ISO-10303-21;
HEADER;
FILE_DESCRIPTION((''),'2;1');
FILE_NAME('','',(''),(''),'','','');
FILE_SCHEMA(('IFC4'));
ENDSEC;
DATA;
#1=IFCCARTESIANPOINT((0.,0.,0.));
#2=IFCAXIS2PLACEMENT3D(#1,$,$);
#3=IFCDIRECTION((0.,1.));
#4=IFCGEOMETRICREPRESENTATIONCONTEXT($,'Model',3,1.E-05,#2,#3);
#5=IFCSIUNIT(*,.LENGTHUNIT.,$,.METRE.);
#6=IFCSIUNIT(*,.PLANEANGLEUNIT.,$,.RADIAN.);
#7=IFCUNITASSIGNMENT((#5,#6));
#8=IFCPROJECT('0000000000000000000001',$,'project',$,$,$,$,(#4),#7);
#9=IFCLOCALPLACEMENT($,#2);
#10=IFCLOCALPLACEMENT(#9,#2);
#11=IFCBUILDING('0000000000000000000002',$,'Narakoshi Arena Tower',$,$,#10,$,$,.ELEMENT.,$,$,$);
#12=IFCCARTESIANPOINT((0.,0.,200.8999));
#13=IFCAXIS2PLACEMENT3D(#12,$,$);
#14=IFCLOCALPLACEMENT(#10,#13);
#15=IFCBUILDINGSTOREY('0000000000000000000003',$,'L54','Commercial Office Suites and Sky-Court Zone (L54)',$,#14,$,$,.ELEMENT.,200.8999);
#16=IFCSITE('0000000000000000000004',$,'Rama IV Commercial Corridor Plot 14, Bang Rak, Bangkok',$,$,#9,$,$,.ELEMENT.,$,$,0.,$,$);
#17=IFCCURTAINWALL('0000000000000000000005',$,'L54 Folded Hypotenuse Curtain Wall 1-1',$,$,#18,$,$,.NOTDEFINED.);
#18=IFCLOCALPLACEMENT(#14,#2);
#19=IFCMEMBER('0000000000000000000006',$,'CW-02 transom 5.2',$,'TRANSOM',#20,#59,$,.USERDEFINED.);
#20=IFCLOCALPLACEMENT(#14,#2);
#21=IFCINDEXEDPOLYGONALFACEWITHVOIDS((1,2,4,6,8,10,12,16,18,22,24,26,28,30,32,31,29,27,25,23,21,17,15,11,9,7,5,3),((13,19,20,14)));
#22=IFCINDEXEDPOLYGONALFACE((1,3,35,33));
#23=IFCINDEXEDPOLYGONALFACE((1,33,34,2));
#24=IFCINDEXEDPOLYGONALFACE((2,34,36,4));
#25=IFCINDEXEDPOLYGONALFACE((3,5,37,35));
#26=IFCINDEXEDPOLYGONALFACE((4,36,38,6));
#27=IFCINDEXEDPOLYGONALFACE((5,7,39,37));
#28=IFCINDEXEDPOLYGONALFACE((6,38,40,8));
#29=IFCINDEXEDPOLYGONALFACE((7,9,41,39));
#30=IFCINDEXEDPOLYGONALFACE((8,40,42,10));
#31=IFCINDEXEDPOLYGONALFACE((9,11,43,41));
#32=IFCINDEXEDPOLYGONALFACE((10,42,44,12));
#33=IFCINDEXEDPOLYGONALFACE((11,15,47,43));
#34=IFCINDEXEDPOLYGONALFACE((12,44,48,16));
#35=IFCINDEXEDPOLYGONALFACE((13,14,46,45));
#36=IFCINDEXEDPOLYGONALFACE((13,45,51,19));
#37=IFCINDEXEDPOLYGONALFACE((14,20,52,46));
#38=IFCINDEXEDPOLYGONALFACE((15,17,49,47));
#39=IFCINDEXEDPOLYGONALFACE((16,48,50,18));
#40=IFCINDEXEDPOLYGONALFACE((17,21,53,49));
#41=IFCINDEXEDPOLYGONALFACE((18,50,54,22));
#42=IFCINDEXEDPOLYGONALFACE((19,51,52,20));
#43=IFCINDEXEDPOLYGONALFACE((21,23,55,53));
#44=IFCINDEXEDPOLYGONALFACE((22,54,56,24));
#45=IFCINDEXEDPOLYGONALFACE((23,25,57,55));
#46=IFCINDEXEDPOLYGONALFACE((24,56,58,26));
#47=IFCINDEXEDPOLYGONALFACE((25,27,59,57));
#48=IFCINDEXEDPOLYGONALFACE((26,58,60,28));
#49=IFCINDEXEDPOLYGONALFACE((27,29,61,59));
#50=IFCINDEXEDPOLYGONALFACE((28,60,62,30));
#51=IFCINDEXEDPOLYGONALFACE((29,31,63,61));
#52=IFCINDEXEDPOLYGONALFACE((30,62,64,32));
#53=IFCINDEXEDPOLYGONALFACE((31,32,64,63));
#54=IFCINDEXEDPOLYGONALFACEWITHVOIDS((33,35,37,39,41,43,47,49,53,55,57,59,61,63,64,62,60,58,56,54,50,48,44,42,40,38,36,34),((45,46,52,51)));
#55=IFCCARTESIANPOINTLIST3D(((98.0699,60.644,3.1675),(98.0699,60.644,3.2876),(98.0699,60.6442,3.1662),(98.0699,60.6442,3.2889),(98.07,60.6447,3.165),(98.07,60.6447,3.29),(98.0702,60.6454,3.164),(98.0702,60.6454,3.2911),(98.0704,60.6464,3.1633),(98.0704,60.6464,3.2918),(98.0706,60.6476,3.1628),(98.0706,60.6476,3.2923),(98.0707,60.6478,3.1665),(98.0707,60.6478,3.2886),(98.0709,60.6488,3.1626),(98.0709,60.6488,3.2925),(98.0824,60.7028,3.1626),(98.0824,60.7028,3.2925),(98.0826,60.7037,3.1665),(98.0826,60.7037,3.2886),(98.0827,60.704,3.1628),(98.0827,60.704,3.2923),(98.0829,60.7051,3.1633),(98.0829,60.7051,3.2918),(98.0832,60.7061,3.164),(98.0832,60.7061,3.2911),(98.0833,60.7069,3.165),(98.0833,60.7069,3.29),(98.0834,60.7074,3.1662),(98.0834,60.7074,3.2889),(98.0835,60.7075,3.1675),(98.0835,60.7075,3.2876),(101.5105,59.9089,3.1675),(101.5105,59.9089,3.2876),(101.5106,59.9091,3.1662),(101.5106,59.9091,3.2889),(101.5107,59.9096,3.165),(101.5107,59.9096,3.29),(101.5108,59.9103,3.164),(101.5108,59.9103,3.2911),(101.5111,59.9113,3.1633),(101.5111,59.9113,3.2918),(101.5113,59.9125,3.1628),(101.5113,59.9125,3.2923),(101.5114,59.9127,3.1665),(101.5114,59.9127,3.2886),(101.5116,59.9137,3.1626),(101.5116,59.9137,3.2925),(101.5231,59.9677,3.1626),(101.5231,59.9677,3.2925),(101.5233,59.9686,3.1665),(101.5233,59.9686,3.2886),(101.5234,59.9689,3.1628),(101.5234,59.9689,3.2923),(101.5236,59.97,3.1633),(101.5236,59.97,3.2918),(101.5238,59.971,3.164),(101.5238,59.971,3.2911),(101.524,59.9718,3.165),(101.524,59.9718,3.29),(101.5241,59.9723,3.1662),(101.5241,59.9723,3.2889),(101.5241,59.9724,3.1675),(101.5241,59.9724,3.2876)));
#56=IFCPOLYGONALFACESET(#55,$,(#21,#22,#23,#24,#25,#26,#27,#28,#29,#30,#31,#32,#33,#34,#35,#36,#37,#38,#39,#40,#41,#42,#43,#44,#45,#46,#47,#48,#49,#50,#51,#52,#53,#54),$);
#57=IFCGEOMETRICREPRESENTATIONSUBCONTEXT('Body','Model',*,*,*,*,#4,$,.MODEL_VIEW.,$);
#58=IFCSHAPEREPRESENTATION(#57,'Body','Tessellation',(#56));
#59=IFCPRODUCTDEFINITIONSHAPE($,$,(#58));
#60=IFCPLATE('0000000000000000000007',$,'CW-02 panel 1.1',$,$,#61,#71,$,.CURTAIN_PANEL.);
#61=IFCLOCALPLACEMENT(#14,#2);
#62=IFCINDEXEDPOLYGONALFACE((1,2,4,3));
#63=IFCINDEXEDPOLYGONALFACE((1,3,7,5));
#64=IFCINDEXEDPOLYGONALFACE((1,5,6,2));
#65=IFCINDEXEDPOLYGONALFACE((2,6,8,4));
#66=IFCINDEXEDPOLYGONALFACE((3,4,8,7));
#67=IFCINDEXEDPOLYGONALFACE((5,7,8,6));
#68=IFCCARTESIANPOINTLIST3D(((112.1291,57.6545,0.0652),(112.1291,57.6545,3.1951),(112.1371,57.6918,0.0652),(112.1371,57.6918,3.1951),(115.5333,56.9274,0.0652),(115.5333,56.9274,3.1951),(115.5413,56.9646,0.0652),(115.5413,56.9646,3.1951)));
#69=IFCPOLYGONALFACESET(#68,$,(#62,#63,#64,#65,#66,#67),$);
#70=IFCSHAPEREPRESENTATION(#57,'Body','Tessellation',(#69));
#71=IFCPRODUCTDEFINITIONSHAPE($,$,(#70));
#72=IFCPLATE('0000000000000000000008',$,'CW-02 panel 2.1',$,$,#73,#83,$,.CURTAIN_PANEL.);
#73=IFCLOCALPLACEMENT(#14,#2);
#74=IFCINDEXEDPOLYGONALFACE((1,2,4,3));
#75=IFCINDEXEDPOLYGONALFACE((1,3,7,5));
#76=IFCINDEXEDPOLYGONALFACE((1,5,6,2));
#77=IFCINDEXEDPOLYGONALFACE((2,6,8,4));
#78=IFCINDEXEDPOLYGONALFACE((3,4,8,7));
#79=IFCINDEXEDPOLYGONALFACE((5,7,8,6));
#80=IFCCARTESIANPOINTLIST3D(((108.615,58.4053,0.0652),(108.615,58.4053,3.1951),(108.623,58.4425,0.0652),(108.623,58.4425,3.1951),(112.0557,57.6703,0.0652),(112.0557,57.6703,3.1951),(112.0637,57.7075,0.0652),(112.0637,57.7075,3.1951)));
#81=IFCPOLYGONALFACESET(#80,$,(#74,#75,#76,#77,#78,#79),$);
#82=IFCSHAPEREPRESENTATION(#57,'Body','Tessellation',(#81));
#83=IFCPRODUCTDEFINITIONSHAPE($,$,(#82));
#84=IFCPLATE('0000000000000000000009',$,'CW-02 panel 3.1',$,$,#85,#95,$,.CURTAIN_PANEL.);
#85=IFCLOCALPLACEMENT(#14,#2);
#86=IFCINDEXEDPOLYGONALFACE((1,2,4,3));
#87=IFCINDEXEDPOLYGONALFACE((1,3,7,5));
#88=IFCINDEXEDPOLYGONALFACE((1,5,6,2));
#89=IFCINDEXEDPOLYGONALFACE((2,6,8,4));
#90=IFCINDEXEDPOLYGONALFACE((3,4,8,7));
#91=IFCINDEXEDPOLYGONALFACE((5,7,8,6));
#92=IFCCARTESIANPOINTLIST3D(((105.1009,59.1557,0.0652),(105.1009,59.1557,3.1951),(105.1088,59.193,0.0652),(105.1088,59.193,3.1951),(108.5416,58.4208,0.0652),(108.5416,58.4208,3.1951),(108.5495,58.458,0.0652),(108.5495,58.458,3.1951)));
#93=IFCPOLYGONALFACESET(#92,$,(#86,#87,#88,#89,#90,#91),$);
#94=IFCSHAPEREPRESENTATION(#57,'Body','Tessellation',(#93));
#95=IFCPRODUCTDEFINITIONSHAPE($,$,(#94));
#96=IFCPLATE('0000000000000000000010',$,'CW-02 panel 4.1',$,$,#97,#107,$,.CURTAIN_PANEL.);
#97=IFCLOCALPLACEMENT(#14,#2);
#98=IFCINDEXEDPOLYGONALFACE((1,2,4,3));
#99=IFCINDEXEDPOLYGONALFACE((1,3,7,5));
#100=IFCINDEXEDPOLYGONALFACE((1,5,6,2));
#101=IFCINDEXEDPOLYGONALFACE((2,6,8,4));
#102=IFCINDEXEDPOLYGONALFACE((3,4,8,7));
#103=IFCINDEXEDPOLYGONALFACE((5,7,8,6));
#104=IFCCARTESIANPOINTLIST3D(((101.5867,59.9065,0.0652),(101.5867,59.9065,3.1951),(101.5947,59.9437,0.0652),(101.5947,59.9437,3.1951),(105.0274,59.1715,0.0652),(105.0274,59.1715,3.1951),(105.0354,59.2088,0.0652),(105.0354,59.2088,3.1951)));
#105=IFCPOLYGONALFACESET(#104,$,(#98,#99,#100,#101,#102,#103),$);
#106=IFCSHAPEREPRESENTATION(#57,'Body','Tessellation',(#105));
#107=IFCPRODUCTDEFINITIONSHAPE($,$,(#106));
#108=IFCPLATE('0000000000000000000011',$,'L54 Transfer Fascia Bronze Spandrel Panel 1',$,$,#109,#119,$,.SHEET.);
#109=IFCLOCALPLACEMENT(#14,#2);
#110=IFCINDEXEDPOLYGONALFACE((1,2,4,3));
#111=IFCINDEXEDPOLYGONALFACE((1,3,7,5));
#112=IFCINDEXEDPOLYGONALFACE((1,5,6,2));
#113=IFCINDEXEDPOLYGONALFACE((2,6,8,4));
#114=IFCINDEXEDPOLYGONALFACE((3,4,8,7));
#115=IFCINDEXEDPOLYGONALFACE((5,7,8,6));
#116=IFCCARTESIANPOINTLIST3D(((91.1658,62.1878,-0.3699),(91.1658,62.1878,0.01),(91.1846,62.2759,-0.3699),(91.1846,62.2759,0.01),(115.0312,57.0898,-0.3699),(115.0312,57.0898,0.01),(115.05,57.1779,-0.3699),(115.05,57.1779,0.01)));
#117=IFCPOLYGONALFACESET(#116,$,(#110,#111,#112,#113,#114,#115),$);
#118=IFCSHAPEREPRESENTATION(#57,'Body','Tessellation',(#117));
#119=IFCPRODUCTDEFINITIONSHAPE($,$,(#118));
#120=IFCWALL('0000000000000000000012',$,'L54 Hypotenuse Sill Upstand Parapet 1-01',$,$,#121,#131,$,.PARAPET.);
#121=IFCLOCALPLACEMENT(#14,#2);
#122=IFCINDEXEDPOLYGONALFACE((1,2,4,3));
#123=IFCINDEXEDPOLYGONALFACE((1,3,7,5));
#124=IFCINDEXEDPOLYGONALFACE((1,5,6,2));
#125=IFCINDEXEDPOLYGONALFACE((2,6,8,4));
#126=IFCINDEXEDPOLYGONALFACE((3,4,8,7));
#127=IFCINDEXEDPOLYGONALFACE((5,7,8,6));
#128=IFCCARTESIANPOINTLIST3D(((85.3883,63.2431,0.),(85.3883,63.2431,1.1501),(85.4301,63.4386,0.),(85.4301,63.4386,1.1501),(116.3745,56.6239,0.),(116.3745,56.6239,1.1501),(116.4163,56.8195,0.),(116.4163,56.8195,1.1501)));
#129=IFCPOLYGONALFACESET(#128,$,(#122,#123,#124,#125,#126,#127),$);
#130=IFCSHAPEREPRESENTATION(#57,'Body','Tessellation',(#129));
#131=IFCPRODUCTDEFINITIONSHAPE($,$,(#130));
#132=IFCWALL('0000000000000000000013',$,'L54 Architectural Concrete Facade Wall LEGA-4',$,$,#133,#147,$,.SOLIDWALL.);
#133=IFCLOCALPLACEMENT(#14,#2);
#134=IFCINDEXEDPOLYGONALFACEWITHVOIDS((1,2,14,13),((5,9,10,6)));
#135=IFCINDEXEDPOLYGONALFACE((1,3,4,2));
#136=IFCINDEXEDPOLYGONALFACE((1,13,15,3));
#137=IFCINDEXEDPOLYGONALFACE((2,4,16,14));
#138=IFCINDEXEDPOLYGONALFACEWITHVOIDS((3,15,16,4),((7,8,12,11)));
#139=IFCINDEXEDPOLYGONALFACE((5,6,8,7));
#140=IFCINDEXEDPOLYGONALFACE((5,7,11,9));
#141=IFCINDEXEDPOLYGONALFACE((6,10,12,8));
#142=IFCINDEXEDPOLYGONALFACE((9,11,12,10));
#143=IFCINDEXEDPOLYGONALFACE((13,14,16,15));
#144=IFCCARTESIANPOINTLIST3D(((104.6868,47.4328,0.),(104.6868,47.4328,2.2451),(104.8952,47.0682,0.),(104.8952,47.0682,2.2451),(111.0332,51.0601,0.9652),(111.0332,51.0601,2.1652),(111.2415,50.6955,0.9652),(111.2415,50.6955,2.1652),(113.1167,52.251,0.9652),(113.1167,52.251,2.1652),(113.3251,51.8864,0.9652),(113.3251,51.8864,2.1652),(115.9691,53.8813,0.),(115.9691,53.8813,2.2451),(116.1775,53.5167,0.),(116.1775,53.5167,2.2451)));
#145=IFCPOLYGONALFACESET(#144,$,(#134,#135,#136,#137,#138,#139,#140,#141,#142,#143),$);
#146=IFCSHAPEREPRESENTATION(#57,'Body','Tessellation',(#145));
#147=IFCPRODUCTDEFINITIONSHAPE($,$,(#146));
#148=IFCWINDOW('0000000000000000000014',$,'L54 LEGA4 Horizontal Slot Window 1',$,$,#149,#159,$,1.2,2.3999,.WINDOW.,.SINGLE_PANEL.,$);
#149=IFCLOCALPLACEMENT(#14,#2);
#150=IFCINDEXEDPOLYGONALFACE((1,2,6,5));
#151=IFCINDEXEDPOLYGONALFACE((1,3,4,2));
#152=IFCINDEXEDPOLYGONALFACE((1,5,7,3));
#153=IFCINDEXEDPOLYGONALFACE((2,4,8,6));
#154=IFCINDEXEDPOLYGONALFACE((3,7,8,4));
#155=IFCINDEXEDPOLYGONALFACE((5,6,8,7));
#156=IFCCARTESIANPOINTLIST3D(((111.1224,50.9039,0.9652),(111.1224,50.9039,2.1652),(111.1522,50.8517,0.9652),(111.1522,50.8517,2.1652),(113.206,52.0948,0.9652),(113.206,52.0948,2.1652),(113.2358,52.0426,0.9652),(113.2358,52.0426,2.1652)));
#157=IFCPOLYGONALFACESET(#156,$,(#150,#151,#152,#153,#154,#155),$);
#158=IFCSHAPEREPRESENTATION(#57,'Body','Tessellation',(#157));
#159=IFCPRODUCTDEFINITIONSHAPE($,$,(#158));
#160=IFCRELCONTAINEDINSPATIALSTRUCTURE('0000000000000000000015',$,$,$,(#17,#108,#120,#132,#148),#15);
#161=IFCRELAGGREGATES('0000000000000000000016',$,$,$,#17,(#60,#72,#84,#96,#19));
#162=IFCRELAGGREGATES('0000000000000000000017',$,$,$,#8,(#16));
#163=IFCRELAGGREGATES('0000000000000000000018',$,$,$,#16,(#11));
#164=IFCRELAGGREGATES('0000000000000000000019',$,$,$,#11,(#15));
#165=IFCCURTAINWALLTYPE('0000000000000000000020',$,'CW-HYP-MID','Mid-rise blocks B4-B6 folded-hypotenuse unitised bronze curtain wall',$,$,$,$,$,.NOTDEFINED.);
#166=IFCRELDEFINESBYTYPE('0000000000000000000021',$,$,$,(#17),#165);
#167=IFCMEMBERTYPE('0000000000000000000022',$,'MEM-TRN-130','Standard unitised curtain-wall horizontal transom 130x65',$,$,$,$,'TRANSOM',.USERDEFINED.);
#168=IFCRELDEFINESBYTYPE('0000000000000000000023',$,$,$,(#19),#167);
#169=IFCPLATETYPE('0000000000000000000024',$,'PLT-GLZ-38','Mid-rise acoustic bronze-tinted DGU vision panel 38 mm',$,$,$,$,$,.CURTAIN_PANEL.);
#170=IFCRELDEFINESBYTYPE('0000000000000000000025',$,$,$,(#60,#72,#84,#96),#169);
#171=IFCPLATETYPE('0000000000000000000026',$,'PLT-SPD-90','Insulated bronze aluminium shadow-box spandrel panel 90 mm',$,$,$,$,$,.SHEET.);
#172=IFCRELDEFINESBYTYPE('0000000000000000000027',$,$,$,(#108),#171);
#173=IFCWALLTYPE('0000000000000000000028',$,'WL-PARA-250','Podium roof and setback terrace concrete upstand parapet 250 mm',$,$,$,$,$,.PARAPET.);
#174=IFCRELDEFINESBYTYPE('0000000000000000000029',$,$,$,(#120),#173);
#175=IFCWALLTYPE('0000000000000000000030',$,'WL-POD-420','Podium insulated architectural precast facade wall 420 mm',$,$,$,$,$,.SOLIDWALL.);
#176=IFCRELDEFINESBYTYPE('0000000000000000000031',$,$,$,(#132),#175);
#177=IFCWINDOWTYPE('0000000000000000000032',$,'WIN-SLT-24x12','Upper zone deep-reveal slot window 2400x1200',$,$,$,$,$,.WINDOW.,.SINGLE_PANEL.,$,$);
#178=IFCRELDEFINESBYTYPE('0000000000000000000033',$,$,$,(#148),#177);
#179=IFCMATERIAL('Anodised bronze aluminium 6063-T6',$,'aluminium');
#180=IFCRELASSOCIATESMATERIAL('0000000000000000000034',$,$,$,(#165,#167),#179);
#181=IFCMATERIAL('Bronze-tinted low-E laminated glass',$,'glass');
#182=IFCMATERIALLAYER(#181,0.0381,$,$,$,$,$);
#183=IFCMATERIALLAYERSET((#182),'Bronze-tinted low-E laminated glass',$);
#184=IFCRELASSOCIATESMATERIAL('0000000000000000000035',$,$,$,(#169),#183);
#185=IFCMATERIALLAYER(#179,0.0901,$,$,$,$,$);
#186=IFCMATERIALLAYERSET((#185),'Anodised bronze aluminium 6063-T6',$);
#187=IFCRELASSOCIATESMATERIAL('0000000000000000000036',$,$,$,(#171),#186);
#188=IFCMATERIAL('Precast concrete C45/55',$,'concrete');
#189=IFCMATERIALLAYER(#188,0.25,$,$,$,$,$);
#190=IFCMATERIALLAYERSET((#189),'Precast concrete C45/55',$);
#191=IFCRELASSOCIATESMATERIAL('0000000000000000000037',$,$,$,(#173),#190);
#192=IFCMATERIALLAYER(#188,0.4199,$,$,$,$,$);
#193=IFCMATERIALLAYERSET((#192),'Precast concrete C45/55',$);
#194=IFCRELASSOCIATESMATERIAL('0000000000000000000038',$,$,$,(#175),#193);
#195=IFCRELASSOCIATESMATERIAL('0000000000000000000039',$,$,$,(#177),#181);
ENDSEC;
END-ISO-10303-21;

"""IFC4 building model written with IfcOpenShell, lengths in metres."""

from ifc_helpers import new_model, si_unit, direction, frame, frame_2d, origin, origin_2d, place, context, subcontext, project, spatial, rectangle, hollow_rectangle, extrude, material, layer, layer_set, material_profile, profile_set, type_object, element, fill, aggregate, save


model = new_model("IFC4")

# Units and contexts
model_context = context("Model", 3, precision=1e-05, world=origin(), true_north=direction((0.0, 1.0)))
body_context = subcontext(model_context, "Body", "Model", "MODEL_VIEW")
ifc_project = project(units=[si_unit("LENGTHUNIT", "METRE"), si_unit("PLANEANGLEUNIT", "RADIAN")], contexts=[model_context])

# Site, building, storey
site_placement = place(None, origin())
site = spatial("IfcSite", under=ifc_project, at=site_placement, Name="Rama IV Commercial Corridor Plot 14, Bang Rak, Bangkok", CompositionType="ELEMENT", RefElevation=0.0)
building_placement = place(site_placement, origin())
building = spatial("IfcBuilding", under=site, at=building_placement, Name="Narakoshi Arena Tower", CompositionType="ELEMENT")
storey_placement = place(building_placement, frame((0.0, 0.0, 200.8999)))
storey = spatial("IfcBuildingStorey", under=building, at=storey_placement, Name="L54", Description="Commercial Office Suites and Sky-Court Zone (L54)", CompositionType="ELEMENT", Elevation=200.8999)

# Curtain wall, member, plates
ifc_material_1 = material(Name="Anodised bronze aluminium 6063-T6", Category="aluminium")
curtain_wall_type = type_object("IfcCurtainWallType", Name="CW-HYP-MID", Description="Mid-rise blocks B4-B6 folded-hypotenuse unitised bronze curtain wall", PredefinedType="NOTDEFINED", material=ifc_material_1)
curtain_wall_placement = place(storey_placement, origin())
curtain_wall = element("IfcCurtainWall", 1, at=curtain_wall_placement, inside=storey, type_object=curtain_wall_type, Name="L54 Folded Hypotenuse Curtain Wall 1-1", PredefinedType="NOTDEFINED")
ifc_material_profile_1 = material_profile(ifc_material_1, hollow_rectangle(XDim=0.0649, YDim=0.1299, WallThickness=0.0039, OuterFilletRadius=0.0049, at=origin_2d()), Name="TRN130x65x4")
ifc_profile_set_1 = profile_set([ifc_material_profile_1], Name="Anodised bronze aluminium 6063-T6")
member_type_1 = type_object("IfcMemberType", Name="MEM-TRN-130", Description="Standard unitised curtain-wall horizontal transom 130x65", ElementType="TRANSOM", PredefinedType="USERDEFINED", material=ifc_profile_set_1)
member_1_placement = place(storey_placement, frame((101.5173, 59.9407, 3.2275), z_axis=(-0.977929, 0.208937, 0.0), x_axis=(-0.208937, -0.977929, 0.0)))
member_1 = element("IfcMember", 2, at=member_1_placement, type_object=member_type_1, Name="CW-02 transom 5.2", ObjectType="TRANSOM", PredefinedType="USERDEFINED", context=body_context, shape_type="SweptSolid", body=[
    extrude(hollow_rectangle(XDim=0.0649, YDim=0.1299, WallThickness=0.0039, OuterFilletRadius=0.0049, at=origin_2d()), origin(), (0.0, 0.0, 1.0), 3.5183),
])
ifc_material_2 = material(Name="Bronze-tinted low-E laminated glass", Category="glass")
ifc_layer_1 = layer(ifc_material_2, 0.0381)
ifc_layer_set_1 = layer_set([ifc_layer_1], Name="Bronze-tinted low-E laminated glass")
plate_type_1 = type_object("IfcPlateType", Name="PLT-GLZ-38", Description="Mid-rise acoustic bronze-tinted DGU vision panel 38 mm", PredefinedType="CURTAIN_PANEL", material=ifc_layer_set_1)
plate_1_placement = place(storey_placement, frame((113.8352, 57.3096, 0.0652), z_axis=(0.0, 0.0, 1.0), x_axis=(-0.977937, 0.208899, 0.0)))
plate_1 = element("IfcPlate", 3, at=plate_1_placement, type_object=plate_type_1, Name="CW-02 panel 1.1", PredefinedType="CURTAIN_PANEL", context=body_context, shape_type="SweptSolid", body=[
    extrude(rectangle(XDim=3.481, YDim=0.0381, at=origin_2d()), origin(), (0.0, 0.0, 1.0), 3.1299),
])
plate_2_placement = place(storey_placement, frame((110.3394, 58.0564, 0.0652), z_axis=(0.0, 0.0, 1.0), x_axis=(-0.977937, 0.208899, 0.0)))
plate_2 = element("IfcPlate", 4, at=plate_2_placement, type_object=plate_type_1, Name="CW-02 panel 2.1", PredefinedType="CURTAIN_PANEL", context=body_context, shape_type="SweptSolid", body=[
    extrude(rectangle(XDim=3.5183, YDim=0.0381, at=origin_2d()), origin(), (0.0, 0.0, 1.0), 3.1299),
])
plate_3_placement = place(storey_placement, frame((106.8252, 58.8069, 0.0652), z_axis=(0.0, 0.0, 1.0), x_axis=(-0.977937, 0.208899, 0.0)))
plate_3 = element("IfcPlate", 5, at=plate_3_placement, type_object=plate_type_1, Name="CW-02 panel 3.1", PredefinedType="CURTAIN_PANEL", context=body_context, shape_type="SweptSolid", body=[
    extrude(rectangle(XDim=3.5183, YDim=0.0381, at=origin_2d()), origin(), (0.0, 0.0, 1.0), 3.1299),
])
plate_4_placement = place(storey_placement, frame((103.311, 59.5576, 0.0652), z_axis=(0.0, 0.0, 1.0), x_axis=(-0.977937, 0.208899, 0.0)))
plate_4 = element("IfcPlate", 6, at=plate_4_placement, type_object=plate_type_1, Name="CW-02 panel 4.1", PredefinedType="CURTAIN_PANEL", context=body_context, shape_type="SweptSolid", body=[
    extrude(rectangle(XDim=3.5183, YDim=0.0381, at=origin_2d()), origin(), (0.0, 0.0, 1.0), 3.1299),
])
aggregate(curtain_wall, [plate_1, plate_2, plate_3, plate_4, member_1])

# Plate
ifc_layer_2 = layer(ifc_material_1, 0.0901)
ifc_layer_set_2 = layer_set([ifc_layer_2], Name="Anodised bronze aluminium 6063-T6")
plate_type_2 = type_object("IfcPlateType", Name="PLT-SPD-90", Description="Insulated bronze aluminium shadow-box spandrel panel 90 mm", PredefinedType="SHEET", material=ifc_layer_set_2)
plate_5_placement = place(storey_placement, frame((103.1079, 59.6829, -0.3699), z_axis=(0.0, 0.0, 1.0), x_axis=(-0.977937, 0.208902, 0.0)))
element("IfcPlate", 7, at=plate_5_placement, inside=storey, type_object=plate_type_2, Name="L54 Transfer Fascia Bronze Spandrel Panel 1", PredefinedType="SHEET", context=body_context, shape_type="SweptSolid", body=[
    extrude(rectangle(XDim=24.4038, YDim=0.0901, at=origin_2d()), origin(), (0.0, 0.0, 1.0), 0.3799),
])

# Wall
ifc_material_3 = material(Name="Precast concrete C45/55", Category="concrete")
ifc_layer_3 = layer(ifc_material_3, 0.25)
ifc_layer_set_3 = layer_set([ifc_layer_3], Name="Precast concrete C45/55")
wall_type_1 = type_object("IfcWallType", Name="WL-PARA-250", Description="Podium roof and setback terrace concrete upstand parapet 250 mm", PredefinedType="PARAPET", material=ifc_layer_set_3)
wall_1_placement = place(storey_placement, frame((116.3955, 56.7217, 0.0), z_axis=(0.0, 0.0, 1.0), x_axis=(-0.977937, 0.208902, 0.0)))
element("IfcWall", 8, at=wall_1_placement, inside=storey, type_object=wall_type_1, Name="L54 Hypotenuse Sill Upstand Parapet 1-01", PredefinedType="PARAPET", context=body_context, shape_type="SweptSolid", body=[
    extrude(rectangle(XDim=31.6853, YDim=0.2, at=frame_2d((15.8428, 0.0))), origin(), (0.0, 0.0, 1.0), 1.1501),
])

# Wall, opening, window
ifc_layer_4 = layer(ifc_material_3, 0.4199)
ifc_layer_set_4 = layer_set([ifc_layer_4], Name="Precast concrete C45/55")
wall_type_2 = type_object("IfcWallType", Name="WL-POD-420", Description="Podium insulated architectural precast facade wall 420 mm", PredefinedType="SOLIDWALL", material=ifc_layer_set_4)
wall_2_placement = place(storey_placement, frame((104.791, 47.2505, 0.0), z_axis=(0.0, 0.0, 1.0), x_axis=(0.868193, 0.496226, 0.0)))
wall_2 = element("IfcWall", 9, at=wall_2_placement, inside=storey, type_object=wall_type_2, Name="L54 Architectural Concrete Facade Wall LEGA-4", PredefinedType="SOLIDWALL", context=body_context, shape_type="SweptSolid", body=[
    extrude(rectangle(XDim=12.9951, YDim=0.4199, at=frame_2d((6.4976, 0.0))), origin(), (0.0, 0.0, 1.0), 2.2451),
])
opening_1_placement = place(wall_2_placement, frame((7.3098, 0.0, 0.9651)))
opening_1 = element("IfcOpeningElement", 10, at=opening_1_placement, cuts=wall_2, PredefinedType="OPENING", context=body_context, shape_type="SweptSolid", body=[
    extrude(rectangle(XDim=2.3999, YDim=1.2, at=frame_2d((1.2, 0.6001))), frame((0.0, 0.22, 0.0), z_axis=(0.0, -1.0, 0.0), x_axis=(1.0, 0.0, 0.0)), (0.0, 0.0, 1.0), 0.4399),
])
window_type_1 = type_object("IfcWindowType", Name="WIN-SLT-24x12", Description="Upper zone deep-reveal slot window 2400x1200", PartitioningType="SINGLE_PANEL", PredefinedType="WINDOW", material=ifc_material_2)
window_1_placement = place(opening_1_placement, origin())
window_1 = element("IfcWindow", 11, at=window_1_placement, inside=storey, type_object=window_type_1, Name="L54 LEGA4 Horizontal Slot Window 1", OverallHeight=1.2, OverallWidth=2.3999, PartitioningType="SINGLE_PANEL", PredefinedType="WINDOW", context=body_context, shape_type="SweptSolid", body=[
    extrude(rectangle(XDim=2.3999, YDim=1.2, at=frame_2d((1.2, 0.6001))), frame((0.0, 0.03, 0.0), z_axis=(0.0, -1.0, 0.0), x_axis=(1.0, 0.0, 0.0)), (0.0, 0.0, 1.0), 0.0601),
])
fill(opening_1, window_1)

save(model, "model.ifc")
